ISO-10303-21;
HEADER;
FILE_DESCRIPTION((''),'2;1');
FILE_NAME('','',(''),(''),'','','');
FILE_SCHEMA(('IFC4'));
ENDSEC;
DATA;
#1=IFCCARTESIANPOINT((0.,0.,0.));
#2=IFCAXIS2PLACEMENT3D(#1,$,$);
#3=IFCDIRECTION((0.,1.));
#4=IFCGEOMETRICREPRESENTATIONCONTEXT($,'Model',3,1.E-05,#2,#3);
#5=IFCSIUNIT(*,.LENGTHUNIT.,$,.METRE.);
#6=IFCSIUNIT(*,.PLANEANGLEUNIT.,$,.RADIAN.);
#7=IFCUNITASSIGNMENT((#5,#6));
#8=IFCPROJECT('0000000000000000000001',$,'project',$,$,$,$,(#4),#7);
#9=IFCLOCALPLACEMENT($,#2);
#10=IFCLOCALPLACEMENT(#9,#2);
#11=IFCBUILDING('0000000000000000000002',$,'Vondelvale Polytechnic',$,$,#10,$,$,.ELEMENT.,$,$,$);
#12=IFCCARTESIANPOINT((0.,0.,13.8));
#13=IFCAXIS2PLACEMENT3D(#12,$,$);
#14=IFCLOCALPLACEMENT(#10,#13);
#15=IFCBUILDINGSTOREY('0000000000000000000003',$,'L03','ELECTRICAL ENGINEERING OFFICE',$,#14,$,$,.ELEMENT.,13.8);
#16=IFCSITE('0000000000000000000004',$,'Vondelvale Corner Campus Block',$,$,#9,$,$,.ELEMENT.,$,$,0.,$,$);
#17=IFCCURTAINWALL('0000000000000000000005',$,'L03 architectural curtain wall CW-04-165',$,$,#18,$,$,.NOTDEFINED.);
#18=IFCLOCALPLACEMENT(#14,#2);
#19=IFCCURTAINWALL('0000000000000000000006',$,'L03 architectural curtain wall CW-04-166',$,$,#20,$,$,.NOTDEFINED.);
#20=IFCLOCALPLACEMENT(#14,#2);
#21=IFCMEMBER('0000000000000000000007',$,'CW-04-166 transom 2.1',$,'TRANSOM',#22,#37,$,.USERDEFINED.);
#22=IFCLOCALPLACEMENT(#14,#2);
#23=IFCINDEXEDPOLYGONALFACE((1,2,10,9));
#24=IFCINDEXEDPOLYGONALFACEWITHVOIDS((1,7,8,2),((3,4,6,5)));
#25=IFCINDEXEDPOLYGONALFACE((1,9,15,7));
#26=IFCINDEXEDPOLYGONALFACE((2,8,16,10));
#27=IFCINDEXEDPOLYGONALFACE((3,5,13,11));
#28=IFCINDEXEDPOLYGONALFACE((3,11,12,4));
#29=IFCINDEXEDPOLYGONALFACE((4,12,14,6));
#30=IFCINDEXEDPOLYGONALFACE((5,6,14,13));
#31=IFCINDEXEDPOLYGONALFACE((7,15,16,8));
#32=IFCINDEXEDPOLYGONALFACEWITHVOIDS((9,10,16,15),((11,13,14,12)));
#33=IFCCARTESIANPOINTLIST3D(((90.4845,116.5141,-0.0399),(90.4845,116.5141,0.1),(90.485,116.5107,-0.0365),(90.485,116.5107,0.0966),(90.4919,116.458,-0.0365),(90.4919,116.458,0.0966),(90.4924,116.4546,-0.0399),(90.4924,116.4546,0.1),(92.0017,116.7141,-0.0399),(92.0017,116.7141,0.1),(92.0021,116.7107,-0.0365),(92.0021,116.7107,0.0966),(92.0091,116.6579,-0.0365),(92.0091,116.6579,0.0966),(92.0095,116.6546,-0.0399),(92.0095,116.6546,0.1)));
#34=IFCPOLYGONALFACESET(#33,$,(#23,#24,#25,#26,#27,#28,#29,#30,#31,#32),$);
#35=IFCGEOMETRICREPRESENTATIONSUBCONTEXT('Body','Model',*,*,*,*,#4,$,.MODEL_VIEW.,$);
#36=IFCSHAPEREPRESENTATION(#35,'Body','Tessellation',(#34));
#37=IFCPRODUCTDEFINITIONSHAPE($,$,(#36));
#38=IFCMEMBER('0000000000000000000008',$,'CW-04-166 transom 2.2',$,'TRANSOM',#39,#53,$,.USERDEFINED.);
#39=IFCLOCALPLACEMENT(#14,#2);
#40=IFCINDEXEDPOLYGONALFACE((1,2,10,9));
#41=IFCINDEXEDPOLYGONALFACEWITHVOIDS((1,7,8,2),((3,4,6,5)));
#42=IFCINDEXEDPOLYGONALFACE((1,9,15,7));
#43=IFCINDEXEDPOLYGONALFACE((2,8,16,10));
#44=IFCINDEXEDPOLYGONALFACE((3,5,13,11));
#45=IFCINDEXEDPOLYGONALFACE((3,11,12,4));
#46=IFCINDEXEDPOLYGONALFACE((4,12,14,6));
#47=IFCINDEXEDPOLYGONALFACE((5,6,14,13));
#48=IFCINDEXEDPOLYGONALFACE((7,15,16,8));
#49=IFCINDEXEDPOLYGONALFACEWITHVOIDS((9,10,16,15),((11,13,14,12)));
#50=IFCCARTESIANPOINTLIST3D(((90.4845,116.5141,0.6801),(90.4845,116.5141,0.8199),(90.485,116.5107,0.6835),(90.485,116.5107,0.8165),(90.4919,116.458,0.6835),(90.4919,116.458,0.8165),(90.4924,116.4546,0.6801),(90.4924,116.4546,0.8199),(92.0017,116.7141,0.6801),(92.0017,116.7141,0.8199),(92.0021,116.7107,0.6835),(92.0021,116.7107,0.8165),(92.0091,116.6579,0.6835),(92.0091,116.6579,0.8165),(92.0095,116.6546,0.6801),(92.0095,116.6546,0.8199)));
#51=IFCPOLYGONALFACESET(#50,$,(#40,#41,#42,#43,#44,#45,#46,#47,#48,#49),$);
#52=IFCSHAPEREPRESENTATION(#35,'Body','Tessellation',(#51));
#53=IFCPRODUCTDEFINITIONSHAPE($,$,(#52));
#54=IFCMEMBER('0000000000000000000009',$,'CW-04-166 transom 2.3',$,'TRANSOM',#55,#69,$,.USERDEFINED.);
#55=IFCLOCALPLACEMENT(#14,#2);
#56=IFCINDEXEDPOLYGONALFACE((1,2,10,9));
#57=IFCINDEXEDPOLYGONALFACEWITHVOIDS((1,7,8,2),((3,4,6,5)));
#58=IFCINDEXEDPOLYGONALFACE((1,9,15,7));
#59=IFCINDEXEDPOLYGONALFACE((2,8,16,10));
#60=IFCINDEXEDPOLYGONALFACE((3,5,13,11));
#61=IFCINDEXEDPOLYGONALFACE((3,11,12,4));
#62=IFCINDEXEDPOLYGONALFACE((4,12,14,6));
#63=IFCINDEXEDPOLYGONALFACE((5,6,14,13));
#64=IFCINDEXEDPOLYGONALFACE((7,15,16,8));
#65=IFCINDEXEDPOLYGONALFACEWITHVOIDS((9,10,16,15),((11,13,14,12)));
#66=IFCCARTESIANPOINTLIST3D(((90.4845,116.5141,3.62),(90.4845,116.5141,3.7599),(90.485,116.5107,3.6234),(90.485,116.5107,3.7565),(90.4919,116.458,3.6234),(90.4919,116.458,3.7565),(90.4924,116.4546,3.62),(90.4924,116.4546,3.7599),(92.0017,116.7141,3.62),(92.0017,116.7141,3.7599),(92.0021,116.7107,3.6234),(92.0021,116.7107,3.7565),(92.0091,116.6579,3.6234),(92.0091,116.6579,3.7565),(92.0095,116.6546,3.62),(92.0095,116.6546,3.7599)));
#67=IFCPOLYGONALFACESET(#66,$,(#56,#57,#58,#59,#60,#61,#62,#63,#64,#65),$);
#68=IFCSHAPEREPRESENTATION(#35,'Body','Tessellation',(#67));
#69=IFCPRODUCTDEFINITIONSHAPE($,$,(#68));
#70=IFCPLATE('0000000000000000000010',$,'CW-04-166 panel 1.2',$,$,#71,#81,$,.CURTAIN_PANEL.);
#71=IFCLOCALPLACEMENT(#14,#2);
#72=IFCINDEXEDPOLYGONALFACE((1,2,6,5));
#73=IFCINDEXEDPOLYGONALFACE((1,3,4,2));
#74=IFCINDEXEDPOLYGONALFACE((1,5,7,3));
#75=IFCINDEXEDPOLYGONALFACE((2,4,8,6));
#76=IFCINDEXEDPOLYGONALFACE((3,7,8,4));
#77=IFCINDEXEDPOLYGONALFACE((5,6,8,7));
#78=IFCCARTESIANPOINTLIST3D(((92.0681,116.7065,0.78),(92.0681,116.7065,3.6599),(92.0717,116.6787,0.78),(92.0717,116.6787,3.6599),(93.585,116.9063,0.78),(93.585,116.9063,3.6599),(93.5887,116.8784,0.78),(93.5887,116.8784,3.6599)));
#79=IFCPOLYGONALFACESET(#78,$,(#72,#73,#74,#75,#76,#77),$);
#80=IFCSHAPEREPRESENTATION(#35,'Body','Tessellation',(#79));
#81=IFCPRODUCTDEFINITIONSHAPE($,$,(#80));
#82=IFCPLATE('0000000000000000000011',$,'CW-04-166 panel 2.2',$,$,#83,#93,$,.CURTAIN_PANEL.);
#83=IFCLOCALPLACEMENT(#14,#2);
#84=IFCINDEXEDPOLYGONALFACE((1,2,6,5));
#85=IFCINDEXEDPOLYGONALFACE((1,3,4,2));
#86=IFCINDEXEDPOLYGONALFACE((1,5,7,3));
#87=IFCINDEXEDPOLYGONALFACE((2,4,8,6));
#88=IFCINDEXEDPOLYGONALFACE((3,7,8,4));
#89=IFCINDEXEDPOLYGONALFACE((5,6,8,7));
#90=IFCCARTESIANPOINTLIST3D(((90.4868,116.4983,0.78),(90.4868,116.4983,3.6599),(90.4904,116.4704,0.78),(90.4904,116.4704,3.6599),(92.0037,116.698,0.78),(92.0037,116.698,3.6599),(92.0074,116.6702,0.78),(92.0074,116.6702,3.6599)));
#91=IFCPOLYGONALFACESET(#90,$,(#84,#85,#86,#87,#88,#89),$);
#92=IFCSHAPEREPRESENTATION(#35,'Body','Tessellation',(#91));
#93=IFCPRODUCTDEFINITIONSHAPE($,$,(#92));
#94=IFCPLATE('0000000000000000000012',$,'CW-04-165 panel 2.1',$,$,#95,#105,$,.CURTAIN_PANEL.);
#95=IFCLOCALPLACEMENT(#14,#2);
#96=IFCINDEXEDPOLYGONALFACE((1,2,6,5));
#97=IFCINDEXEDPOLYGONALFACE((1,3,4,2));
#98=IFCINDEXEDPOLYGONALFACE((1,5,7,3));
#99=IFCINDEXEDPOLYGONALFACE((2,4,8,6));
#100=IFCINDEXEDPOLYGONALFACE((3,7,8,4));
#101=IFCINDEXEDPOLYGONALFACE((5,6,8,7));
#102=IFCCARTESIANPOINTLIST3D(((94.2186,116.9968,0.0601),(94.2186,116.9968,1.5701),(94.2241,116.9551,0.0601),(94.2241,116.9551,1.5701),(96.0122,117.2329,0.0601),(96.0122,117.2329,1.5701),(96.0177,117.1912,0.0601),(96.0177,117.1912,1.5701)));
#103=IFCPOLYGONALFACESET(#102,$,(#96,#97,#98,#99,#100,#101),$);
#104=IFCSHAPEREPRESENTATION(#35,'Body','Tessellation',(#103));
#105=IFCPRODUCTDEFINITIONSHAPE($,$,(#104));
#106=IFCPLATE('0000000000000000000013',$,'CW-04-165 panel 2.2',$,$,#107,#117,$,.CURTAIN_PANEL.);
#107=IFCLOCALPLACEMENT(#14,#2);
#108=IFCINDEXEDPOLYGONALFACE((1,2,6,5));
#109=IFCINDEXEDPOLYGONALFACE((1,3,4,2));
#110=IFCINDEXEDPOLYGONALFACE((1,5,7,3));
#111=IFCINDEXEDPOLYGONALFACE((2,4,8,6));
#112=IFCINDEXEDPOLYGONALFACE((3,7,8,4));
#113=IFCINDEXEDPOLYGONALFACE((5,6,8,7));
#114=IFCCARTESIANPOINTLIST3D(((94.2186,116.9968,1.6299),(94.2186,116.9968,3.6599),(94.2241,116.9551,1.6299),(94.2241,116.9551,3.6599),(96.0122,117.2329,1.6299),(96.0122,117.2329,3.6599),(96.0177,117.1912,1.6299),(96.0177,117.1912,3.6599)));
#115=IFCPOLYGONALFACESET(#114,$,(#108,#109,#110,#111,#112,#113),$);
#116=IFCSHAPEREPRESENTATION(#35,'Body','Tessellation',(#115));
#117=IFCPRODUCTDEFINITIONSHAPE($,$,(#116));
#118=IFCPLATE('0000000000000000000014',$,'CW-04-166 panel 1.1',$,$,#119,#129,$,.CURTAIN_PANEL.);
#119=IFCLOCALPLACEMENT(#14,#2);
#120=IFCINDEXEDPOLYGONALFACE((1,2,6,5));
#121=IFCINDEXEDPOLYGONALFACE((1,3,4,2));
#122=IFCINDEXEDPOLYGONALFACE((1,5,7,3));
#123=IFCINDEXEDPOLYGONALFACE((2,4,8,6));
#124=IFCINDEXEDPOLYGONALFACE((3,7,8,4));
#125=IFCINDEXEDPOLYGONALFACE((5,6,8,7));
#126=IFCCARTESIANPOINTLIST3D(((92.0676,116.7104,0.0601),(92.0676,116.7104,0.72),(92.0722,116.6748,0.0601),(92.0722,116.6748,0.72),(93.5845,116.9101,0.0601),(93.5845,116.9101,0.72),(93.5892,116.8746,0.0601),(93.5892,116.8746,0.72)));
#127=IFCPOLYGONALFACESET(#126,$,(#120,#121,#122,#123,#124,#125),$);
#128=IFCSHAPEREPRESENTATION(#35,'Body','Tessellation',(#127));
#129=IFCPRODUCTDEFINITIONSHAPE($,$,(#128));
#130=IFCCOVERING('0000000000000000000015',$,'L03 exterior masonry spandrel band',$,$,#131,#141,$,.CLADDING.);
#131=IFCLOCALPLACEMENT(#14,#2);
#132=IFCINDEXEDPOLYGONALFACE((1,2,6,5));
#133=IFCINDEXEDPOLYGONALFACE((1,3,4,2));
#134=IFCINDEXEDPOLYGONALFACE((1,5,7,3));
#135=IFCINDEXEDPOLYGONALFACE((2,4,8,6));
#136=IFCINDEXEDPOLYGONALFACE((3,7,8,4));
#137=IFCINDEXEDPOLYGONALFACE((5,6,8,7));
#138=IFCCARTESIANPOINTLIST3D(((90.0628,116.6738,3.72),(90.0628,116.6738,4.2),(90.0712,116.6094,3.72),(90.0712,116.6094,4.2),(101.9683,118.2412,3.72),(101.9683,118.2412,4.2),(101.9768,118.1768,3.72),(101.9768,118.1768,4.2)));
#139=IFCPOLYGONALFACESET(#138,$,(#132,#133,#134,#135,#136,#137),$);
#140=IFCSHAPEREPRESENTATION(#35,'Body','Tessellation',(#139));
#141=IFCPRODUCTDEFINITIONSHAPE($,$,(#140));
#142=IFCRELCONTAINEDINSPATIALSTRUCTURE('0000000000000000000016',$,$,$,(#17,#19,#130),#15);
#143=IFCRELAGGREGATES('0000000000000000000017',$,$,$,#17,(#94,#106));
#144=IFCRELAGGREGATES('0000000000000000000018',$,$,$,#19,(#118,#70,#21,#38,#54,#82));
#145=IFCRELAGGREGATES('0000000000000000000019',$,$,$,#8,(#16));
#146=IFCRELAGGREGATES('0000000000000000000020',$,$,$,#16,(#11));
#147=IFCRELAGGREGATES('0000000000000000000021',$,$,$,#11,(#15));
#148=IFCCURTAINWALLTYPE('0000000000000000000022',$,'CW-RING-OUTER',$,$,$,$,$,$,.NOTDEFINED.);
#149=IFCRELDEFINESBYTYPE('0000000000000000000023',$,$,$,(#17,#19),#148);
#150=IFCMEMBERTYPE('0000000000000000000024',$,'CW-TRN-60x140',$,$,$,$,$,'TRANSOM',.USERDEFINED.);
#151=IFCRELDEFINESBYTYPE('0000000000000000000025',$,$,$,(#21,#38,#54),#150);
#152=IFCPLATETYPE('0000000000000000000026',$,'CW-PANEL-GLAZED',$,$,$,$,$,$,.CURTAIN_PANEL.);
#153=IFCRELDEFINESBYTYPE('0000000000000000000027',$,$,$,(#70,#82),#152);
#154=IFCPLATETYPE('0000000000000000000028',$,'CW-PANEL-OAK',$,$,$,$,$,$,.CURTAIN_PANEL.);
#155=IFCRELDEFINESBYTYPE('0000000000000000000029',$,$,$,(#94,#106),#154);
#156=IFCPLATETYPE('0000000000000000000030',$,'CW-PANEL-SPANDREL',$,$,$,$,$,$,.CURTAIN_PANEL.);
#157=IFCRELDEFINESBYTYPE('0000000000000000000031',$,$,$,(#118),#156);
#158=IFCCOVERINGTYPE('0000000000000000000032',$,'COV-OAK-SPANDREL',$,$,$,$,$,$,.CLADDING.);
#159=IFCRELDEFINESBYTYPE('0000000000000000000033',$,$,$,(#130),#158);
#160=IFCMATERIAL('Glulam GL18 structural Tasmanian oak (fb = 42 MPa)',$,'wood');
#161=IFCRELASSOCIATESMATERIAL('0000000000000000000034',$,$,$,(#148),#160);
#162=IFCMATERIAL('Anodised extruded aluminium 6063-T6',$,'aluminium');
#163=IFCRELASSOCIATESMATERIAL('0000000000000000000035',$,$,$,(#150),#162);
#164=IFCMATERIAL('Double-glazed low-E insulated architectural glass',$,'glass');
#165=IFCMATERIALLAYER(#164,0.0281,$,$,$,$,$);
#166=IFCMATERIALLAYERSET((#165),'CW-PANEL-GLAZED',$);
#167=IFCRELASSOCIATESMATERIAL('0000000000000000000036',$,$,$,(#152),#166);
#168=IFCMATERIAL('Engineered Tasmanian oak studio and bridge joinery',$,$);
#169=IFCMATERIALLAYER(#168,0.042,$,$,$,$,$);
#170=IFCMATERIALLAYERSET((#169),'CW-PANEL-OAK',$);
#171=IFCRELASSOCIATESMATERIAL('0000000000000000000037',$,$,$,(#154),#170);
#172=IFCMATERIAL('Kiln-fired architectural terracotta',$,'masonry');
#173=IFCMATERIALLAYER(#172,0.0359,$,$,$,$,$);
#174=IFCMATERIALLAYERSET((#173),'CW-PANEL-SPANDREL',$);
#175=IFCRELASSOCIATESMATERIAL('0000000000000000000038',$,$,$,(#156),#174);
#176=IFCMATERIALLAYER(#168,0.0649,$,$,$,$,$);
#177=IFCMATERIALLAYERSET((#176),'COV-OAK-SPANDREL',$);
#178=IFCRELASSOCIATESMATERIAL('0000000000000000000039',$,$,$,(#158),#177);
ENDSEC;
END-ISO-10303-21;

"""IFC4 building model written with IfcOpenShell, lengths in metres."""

from ifc_helpers import new_model, si_unit, direction, frame, origin, origin_2d, place, context, subcontext, project, spatial, rectangle, hollow_rectangle, extrude, material, layer, layer_set, material_profile, profile_set, type_object, element, aggregate, save


model = new_model("IFC4")

# Units and contexts
model_context = context("Model", 3, precision=1e-05, world=origin(), true_north=direction((0.0, 1.0)))
body_context = subcontext(model_context, "Body", "Model", "MODEL_VIEW")
ifc_project = project(units=[si_unit("LENGTHUNIT", "METRE"), si_unit("PLANEANGLEUNIT", "RADIAN")], contexts=[model_context])

# Site, building, storey
site_placement = place(None, origin())
site = spatial("IfcSite", under=ifc_project, at=site_placement, Name="Vondelvale Corner Campus Block", CompositionType="ELEMENT", RefElevation=0.0)
building_placement = place(site_placement, origin())
building = spatial("IfcBuilding", under=site, at=building_placement, Name="Vondelvale Polytechnic", CompositionType="ELEMENT")
storey_placement = place(building_placement, frame((0.0, 0.0, 13.8)))
storey = spatial("IfcBuildingStorey", under=building, at=storey_placement, Name="L03", Description="ELECTRICAL ENGINEERING OFFICE", CompositionType="ELEMENT", Elevation=13.8)

# Shared definitions
ifc_material_1 = material(Name="Glulam GL18 structural Tasmanian oak (fb = 42 MPa)", Category="wood")

# Curtain walls
curtain_wall_type = type_object("IfcCurtainWallType", Name="CW-RING-OUTER", PredefinedType="NOTDEFINED", material=ifc_material_1)
curtain_wall_1_placement = place(storey_placement, origin())
curtain_wall_1 = element("IfcCurtainWall", 1, at=curtain_wall_1_placement, inside=storey, type_object=curtain_wall_type, Name="L03 architectural curtain wall CW-04-165", PredefinedType="NOTDEFINED")
ifc_material_2 = material(Name="Anodised extruded aluminium 6063-T6", Category="aluminium")
curtain_wall_2_placement = place(storey_placement, origin())
curtain_wall_2 = element("IfcCurtainWall", 2, at=curtain_wall_2_placement, inside=storey, type_object=curtain_wall_type, Name="L03 architectural curtain wall CW-04-166", PredefinedType="NOTDEFINED")

# Members
ifc_material_profile_1 = material_profile(ifc_material_2, hollow_rectangle(XDim=0.0601, YDim=0.1399, WallThickness=0.0034, at=origin_2d()), Name="CW-TRN-140x60")
ifc_profile_set_1 = profile_set([ifc_material_profile_1], Name="Anodised extruded aluminium 6063-T6")
member_type_1 = type_object("IfcMemberType", Name="CW-TRN-60x140", ElementType="TRANSOM", PredefinedType="USERDEFINED", material=ifc_profile_set_1)
member_1_placement = place(storey_placement, frame((92.0056, 116.6843, 0.03), z_axis=(-0.991426, -0.130669, 0.0), x_axis=(0.130669, -0.991426, 0.0)))
member_1 = element("IfcMember", 3, at=member_1_placement, type_object=member_type_1, Name="CW-04-166 transom 2.1", ObjectType="TRANSOM", PredefinedType="USERDEFINED", context=body_context, shape_type="SweptSolid", body=[
    extrude(hollow_rectangle(XDim=0.0601, YDim=0.1399, WallThickness=0.0034, at=origin_2d()), origin(), (0.0, 0.0, 1.0), 1.5303),
])
member_2_placement = place(storey_placement, frame((92.0056, 116.6843, 0.75), z_axis=(-0.991426, -0.130669, 0.0), x_axis=(0.130669, -0.991426, 0.0)))
member_2 = element("IfcMember", 4, at=member_2_placement, type_object=member_type_1, Name="CW-04-166 transom 2.2", ObjectType="TRANSOM", PredefinedType="USERDEFINED", context=body_context, shape_type="SweptSolid", body=[
    extrude(hollow_rectangle(XDim=0.0601, YDim=0.1399, WallThickness=0.0034, at=origin_2d()), origin(), (0.0, 0.0, 1.0), 1.5303),
])
member_3_placement = place(storey_placement, frame((92.0056, 116.6843, 3.6899), z_axis=(-0.991426, -0.130669, 0.0), x_axis=(0.130669, -0.991426, 0.0)))
member_3 = element("IfcMember", 5, at=member_3_placement, type_object=member_type_1, Name="CW-04-166 transom 2.3", ObjectType="TRANSOM", PredefinedType="USERDEFINED", context=body_context, shape_type="SweptSolid", body=[
    extrude(hollow_rectangle(XDim=0.0601, YDim=0.1399, WallThickness=0.0034, at=origin_2d()), origin(), (0.0, 0.0, 1.0), 1.5303),
])

# Plates
ifc_material_3 = material(Name="Double-glazed low-E insulated architectural glass", Category="glass")
ifc_layer_1 = layer(ifc_material_3, 0.0281)
ifc_layer_set_1 = layer_set([ifc_layer_1], Name="CW-PANEL-GLAZED")
plate_type_1 = type_object("IfcPlateType", Name="CW-PANEL-GLAZED", PredefinedType="CURTAIN_PANEL", material=ifc_layer_set_1)
plate_1_placement = place(storey_placement, frame((92.8284, 116.7925, 0.78), z_axis=(0.0, 0.0, 1.0), x_axis=(-0.991443, -0.13054, 0.0)))
plate_1 = element("IfcPlate", 6, at=plate_1_placement, type_object=plate_type_1, Name="CW-04-166 panel 1.2", PredefinedType="CURTAIN_PANEL", context=body_context, shape_type="SweptSolid", body=[
    extrude(rectangle(XDim=1.53, YDim=0.0281, at=origin_2d()), origin(), (0.0, 0.0, 1.0), 2.8799),
])
plate_2_placement = place(storey_placement, frame((91.2471, 116.5842, 0.78), z_axis=(0.0, 0.0, 1.0), x_axis=(-0.991443, -0.13054, 0.0)))
plate_2 = element("IfcPlate", 7, at=plate_2_placement, type_object=plate_type_1, Name="CW-04-166 panel 2.2", PredefinedType="CURTAIN_PANEL", context=body_context, shape_type="SweptSolid", body=[
    extrude(rectangle(XDim=1.53, YDim=0.0281, at=origin_2d()), origin(), (0.0, 0.0, 1.0), 2.8799),
])
ifc_material_4 = material(Name="Engineered Tasmanian oak studio and bridge joinery")
ifc_layer_2 = layer(ifc_material_4, 0.042)
ifc_layer_set_2 = layer_set([ifc_layer_2], Name="CW-PANEL-OAK")
plate_type_2 = type_object("IfcPlateType", Name="CW-PANEL-OAK", PredefinedType="CURTAIN_PANEL", material=ifc_layer_set_2)
plate_3_placement = place(storey_placement, frame((95.1182, 117.094, 0.0601), z_axis=(0.0, 0.0, 1.0), x_axis=(-0.991449, -0.130497, 0.0)))
plate_3 = element("IfcPlate", 8, at=plate_3_placement, type_object=plate_type_2, Name="CW-04-165 panel 2.1", PredefinedType="CURTAIN_PANEL", context=body_context, shape_type="SweptSolid", body=[
    extrude(rectangle(XDim=1.8091, YDim=0.042, at=origin_2d()), origin(), (0.0, 0.0, 1.0), 1.51),
])
plate_4_placement = place(storey_placement, frame((95.1182, 117.094, 1.6299), z_axis=(0.0, 0.0, 1.0), x_axis=(-0.991449, -0.130497, 0.0)))
plate_4 = element("IfcPlate", 9, at=plate_4_placement, type_object=plate_type_2, Name="CW-04-165 panel 2.2", PredefinedType="CURTAIN_PANEL", context=body_context, shape_type="SweptSolid", body=[
    extrude(rectangle(XDim=1.8091, YDim=0.042, at=origin_2d()), origin(), (0.0, 0.0, 1.0), 2.03),
])
aggregate(curtain_wall_1, [plate_3, plate_4])
ifc_material_5 = material(Name="Kiln-fired architectural terracotta", Category="masonry")
ifc_layer_3 = layer(ifc_material_5, 0.0359)
ifc_layer_set_3 = layer_set([ifc_layer_3], Name="CW-PANEL-SPANDREL")
plate_type_3 = type_object("IfcPlateType", Name="CW-PANEL-SPANDREL", PredefinedType="CURTAIN_PANEL", material=ifc_layer_set_3)
plate_5_placement = place(storey_placement, frame((92.8284, 116.7925, 0.0601), z_axis=(0.0, 0.0, 1.0), x_axis=(-0.991443, -0.13054, 0.0)))
plate_5 = element("IfcPlate", 10, at=plate_5_placement, type_object=plate_type_3, Name="CW-04-166 panel 1.1", PredefinedType="CURTAIN_PANEL", context=body_context, shape_type="SweptSolid", body=[
    extrude(rectangle(XDim=1.53, YDim=0.0359, at=origin_2d()), origin(), (0.0, 0.0, 1.0), 0.6599),
])
aggregate(curtain_wall_2, [plate_5, plate_1, member_1, member_2, member_3, plate_2])

# Covering
ifc_layer_4 = layer(ifc_material_4, 0.0649)
ifc_layer_set_4 = layer_set([ifc_layer_4], Name="COV-OAK-SPANDREL")
covering_type = type_object("IfcCoveringType", Name="COV-OAK-SPANDREL", PredefinedType="CLADDING", material=ifc_layer_set_4)
covering_placement = place(storey_placement, frame((96.0198, 117.4253, 3.72), z_axis=(0.0, 0.0, 1.0), x_axis=(-0.991445, -0.130526, 0.0)))
element("IfcCovering", 11, at=covering_placement, inside=storey, type_object=covering_type, Name="L03 exterior masonry spandrel band", PredefinedType="CLADDING", context=body_context, shape_type="SweptSolid", body=[
    extrude(rectangle(XDim=12.0083, YDim=0.0649, at=origin_2d()), origin(), (0.0, 0.0, 1.0), 0.48),
])

save(model, "model.ifc")
